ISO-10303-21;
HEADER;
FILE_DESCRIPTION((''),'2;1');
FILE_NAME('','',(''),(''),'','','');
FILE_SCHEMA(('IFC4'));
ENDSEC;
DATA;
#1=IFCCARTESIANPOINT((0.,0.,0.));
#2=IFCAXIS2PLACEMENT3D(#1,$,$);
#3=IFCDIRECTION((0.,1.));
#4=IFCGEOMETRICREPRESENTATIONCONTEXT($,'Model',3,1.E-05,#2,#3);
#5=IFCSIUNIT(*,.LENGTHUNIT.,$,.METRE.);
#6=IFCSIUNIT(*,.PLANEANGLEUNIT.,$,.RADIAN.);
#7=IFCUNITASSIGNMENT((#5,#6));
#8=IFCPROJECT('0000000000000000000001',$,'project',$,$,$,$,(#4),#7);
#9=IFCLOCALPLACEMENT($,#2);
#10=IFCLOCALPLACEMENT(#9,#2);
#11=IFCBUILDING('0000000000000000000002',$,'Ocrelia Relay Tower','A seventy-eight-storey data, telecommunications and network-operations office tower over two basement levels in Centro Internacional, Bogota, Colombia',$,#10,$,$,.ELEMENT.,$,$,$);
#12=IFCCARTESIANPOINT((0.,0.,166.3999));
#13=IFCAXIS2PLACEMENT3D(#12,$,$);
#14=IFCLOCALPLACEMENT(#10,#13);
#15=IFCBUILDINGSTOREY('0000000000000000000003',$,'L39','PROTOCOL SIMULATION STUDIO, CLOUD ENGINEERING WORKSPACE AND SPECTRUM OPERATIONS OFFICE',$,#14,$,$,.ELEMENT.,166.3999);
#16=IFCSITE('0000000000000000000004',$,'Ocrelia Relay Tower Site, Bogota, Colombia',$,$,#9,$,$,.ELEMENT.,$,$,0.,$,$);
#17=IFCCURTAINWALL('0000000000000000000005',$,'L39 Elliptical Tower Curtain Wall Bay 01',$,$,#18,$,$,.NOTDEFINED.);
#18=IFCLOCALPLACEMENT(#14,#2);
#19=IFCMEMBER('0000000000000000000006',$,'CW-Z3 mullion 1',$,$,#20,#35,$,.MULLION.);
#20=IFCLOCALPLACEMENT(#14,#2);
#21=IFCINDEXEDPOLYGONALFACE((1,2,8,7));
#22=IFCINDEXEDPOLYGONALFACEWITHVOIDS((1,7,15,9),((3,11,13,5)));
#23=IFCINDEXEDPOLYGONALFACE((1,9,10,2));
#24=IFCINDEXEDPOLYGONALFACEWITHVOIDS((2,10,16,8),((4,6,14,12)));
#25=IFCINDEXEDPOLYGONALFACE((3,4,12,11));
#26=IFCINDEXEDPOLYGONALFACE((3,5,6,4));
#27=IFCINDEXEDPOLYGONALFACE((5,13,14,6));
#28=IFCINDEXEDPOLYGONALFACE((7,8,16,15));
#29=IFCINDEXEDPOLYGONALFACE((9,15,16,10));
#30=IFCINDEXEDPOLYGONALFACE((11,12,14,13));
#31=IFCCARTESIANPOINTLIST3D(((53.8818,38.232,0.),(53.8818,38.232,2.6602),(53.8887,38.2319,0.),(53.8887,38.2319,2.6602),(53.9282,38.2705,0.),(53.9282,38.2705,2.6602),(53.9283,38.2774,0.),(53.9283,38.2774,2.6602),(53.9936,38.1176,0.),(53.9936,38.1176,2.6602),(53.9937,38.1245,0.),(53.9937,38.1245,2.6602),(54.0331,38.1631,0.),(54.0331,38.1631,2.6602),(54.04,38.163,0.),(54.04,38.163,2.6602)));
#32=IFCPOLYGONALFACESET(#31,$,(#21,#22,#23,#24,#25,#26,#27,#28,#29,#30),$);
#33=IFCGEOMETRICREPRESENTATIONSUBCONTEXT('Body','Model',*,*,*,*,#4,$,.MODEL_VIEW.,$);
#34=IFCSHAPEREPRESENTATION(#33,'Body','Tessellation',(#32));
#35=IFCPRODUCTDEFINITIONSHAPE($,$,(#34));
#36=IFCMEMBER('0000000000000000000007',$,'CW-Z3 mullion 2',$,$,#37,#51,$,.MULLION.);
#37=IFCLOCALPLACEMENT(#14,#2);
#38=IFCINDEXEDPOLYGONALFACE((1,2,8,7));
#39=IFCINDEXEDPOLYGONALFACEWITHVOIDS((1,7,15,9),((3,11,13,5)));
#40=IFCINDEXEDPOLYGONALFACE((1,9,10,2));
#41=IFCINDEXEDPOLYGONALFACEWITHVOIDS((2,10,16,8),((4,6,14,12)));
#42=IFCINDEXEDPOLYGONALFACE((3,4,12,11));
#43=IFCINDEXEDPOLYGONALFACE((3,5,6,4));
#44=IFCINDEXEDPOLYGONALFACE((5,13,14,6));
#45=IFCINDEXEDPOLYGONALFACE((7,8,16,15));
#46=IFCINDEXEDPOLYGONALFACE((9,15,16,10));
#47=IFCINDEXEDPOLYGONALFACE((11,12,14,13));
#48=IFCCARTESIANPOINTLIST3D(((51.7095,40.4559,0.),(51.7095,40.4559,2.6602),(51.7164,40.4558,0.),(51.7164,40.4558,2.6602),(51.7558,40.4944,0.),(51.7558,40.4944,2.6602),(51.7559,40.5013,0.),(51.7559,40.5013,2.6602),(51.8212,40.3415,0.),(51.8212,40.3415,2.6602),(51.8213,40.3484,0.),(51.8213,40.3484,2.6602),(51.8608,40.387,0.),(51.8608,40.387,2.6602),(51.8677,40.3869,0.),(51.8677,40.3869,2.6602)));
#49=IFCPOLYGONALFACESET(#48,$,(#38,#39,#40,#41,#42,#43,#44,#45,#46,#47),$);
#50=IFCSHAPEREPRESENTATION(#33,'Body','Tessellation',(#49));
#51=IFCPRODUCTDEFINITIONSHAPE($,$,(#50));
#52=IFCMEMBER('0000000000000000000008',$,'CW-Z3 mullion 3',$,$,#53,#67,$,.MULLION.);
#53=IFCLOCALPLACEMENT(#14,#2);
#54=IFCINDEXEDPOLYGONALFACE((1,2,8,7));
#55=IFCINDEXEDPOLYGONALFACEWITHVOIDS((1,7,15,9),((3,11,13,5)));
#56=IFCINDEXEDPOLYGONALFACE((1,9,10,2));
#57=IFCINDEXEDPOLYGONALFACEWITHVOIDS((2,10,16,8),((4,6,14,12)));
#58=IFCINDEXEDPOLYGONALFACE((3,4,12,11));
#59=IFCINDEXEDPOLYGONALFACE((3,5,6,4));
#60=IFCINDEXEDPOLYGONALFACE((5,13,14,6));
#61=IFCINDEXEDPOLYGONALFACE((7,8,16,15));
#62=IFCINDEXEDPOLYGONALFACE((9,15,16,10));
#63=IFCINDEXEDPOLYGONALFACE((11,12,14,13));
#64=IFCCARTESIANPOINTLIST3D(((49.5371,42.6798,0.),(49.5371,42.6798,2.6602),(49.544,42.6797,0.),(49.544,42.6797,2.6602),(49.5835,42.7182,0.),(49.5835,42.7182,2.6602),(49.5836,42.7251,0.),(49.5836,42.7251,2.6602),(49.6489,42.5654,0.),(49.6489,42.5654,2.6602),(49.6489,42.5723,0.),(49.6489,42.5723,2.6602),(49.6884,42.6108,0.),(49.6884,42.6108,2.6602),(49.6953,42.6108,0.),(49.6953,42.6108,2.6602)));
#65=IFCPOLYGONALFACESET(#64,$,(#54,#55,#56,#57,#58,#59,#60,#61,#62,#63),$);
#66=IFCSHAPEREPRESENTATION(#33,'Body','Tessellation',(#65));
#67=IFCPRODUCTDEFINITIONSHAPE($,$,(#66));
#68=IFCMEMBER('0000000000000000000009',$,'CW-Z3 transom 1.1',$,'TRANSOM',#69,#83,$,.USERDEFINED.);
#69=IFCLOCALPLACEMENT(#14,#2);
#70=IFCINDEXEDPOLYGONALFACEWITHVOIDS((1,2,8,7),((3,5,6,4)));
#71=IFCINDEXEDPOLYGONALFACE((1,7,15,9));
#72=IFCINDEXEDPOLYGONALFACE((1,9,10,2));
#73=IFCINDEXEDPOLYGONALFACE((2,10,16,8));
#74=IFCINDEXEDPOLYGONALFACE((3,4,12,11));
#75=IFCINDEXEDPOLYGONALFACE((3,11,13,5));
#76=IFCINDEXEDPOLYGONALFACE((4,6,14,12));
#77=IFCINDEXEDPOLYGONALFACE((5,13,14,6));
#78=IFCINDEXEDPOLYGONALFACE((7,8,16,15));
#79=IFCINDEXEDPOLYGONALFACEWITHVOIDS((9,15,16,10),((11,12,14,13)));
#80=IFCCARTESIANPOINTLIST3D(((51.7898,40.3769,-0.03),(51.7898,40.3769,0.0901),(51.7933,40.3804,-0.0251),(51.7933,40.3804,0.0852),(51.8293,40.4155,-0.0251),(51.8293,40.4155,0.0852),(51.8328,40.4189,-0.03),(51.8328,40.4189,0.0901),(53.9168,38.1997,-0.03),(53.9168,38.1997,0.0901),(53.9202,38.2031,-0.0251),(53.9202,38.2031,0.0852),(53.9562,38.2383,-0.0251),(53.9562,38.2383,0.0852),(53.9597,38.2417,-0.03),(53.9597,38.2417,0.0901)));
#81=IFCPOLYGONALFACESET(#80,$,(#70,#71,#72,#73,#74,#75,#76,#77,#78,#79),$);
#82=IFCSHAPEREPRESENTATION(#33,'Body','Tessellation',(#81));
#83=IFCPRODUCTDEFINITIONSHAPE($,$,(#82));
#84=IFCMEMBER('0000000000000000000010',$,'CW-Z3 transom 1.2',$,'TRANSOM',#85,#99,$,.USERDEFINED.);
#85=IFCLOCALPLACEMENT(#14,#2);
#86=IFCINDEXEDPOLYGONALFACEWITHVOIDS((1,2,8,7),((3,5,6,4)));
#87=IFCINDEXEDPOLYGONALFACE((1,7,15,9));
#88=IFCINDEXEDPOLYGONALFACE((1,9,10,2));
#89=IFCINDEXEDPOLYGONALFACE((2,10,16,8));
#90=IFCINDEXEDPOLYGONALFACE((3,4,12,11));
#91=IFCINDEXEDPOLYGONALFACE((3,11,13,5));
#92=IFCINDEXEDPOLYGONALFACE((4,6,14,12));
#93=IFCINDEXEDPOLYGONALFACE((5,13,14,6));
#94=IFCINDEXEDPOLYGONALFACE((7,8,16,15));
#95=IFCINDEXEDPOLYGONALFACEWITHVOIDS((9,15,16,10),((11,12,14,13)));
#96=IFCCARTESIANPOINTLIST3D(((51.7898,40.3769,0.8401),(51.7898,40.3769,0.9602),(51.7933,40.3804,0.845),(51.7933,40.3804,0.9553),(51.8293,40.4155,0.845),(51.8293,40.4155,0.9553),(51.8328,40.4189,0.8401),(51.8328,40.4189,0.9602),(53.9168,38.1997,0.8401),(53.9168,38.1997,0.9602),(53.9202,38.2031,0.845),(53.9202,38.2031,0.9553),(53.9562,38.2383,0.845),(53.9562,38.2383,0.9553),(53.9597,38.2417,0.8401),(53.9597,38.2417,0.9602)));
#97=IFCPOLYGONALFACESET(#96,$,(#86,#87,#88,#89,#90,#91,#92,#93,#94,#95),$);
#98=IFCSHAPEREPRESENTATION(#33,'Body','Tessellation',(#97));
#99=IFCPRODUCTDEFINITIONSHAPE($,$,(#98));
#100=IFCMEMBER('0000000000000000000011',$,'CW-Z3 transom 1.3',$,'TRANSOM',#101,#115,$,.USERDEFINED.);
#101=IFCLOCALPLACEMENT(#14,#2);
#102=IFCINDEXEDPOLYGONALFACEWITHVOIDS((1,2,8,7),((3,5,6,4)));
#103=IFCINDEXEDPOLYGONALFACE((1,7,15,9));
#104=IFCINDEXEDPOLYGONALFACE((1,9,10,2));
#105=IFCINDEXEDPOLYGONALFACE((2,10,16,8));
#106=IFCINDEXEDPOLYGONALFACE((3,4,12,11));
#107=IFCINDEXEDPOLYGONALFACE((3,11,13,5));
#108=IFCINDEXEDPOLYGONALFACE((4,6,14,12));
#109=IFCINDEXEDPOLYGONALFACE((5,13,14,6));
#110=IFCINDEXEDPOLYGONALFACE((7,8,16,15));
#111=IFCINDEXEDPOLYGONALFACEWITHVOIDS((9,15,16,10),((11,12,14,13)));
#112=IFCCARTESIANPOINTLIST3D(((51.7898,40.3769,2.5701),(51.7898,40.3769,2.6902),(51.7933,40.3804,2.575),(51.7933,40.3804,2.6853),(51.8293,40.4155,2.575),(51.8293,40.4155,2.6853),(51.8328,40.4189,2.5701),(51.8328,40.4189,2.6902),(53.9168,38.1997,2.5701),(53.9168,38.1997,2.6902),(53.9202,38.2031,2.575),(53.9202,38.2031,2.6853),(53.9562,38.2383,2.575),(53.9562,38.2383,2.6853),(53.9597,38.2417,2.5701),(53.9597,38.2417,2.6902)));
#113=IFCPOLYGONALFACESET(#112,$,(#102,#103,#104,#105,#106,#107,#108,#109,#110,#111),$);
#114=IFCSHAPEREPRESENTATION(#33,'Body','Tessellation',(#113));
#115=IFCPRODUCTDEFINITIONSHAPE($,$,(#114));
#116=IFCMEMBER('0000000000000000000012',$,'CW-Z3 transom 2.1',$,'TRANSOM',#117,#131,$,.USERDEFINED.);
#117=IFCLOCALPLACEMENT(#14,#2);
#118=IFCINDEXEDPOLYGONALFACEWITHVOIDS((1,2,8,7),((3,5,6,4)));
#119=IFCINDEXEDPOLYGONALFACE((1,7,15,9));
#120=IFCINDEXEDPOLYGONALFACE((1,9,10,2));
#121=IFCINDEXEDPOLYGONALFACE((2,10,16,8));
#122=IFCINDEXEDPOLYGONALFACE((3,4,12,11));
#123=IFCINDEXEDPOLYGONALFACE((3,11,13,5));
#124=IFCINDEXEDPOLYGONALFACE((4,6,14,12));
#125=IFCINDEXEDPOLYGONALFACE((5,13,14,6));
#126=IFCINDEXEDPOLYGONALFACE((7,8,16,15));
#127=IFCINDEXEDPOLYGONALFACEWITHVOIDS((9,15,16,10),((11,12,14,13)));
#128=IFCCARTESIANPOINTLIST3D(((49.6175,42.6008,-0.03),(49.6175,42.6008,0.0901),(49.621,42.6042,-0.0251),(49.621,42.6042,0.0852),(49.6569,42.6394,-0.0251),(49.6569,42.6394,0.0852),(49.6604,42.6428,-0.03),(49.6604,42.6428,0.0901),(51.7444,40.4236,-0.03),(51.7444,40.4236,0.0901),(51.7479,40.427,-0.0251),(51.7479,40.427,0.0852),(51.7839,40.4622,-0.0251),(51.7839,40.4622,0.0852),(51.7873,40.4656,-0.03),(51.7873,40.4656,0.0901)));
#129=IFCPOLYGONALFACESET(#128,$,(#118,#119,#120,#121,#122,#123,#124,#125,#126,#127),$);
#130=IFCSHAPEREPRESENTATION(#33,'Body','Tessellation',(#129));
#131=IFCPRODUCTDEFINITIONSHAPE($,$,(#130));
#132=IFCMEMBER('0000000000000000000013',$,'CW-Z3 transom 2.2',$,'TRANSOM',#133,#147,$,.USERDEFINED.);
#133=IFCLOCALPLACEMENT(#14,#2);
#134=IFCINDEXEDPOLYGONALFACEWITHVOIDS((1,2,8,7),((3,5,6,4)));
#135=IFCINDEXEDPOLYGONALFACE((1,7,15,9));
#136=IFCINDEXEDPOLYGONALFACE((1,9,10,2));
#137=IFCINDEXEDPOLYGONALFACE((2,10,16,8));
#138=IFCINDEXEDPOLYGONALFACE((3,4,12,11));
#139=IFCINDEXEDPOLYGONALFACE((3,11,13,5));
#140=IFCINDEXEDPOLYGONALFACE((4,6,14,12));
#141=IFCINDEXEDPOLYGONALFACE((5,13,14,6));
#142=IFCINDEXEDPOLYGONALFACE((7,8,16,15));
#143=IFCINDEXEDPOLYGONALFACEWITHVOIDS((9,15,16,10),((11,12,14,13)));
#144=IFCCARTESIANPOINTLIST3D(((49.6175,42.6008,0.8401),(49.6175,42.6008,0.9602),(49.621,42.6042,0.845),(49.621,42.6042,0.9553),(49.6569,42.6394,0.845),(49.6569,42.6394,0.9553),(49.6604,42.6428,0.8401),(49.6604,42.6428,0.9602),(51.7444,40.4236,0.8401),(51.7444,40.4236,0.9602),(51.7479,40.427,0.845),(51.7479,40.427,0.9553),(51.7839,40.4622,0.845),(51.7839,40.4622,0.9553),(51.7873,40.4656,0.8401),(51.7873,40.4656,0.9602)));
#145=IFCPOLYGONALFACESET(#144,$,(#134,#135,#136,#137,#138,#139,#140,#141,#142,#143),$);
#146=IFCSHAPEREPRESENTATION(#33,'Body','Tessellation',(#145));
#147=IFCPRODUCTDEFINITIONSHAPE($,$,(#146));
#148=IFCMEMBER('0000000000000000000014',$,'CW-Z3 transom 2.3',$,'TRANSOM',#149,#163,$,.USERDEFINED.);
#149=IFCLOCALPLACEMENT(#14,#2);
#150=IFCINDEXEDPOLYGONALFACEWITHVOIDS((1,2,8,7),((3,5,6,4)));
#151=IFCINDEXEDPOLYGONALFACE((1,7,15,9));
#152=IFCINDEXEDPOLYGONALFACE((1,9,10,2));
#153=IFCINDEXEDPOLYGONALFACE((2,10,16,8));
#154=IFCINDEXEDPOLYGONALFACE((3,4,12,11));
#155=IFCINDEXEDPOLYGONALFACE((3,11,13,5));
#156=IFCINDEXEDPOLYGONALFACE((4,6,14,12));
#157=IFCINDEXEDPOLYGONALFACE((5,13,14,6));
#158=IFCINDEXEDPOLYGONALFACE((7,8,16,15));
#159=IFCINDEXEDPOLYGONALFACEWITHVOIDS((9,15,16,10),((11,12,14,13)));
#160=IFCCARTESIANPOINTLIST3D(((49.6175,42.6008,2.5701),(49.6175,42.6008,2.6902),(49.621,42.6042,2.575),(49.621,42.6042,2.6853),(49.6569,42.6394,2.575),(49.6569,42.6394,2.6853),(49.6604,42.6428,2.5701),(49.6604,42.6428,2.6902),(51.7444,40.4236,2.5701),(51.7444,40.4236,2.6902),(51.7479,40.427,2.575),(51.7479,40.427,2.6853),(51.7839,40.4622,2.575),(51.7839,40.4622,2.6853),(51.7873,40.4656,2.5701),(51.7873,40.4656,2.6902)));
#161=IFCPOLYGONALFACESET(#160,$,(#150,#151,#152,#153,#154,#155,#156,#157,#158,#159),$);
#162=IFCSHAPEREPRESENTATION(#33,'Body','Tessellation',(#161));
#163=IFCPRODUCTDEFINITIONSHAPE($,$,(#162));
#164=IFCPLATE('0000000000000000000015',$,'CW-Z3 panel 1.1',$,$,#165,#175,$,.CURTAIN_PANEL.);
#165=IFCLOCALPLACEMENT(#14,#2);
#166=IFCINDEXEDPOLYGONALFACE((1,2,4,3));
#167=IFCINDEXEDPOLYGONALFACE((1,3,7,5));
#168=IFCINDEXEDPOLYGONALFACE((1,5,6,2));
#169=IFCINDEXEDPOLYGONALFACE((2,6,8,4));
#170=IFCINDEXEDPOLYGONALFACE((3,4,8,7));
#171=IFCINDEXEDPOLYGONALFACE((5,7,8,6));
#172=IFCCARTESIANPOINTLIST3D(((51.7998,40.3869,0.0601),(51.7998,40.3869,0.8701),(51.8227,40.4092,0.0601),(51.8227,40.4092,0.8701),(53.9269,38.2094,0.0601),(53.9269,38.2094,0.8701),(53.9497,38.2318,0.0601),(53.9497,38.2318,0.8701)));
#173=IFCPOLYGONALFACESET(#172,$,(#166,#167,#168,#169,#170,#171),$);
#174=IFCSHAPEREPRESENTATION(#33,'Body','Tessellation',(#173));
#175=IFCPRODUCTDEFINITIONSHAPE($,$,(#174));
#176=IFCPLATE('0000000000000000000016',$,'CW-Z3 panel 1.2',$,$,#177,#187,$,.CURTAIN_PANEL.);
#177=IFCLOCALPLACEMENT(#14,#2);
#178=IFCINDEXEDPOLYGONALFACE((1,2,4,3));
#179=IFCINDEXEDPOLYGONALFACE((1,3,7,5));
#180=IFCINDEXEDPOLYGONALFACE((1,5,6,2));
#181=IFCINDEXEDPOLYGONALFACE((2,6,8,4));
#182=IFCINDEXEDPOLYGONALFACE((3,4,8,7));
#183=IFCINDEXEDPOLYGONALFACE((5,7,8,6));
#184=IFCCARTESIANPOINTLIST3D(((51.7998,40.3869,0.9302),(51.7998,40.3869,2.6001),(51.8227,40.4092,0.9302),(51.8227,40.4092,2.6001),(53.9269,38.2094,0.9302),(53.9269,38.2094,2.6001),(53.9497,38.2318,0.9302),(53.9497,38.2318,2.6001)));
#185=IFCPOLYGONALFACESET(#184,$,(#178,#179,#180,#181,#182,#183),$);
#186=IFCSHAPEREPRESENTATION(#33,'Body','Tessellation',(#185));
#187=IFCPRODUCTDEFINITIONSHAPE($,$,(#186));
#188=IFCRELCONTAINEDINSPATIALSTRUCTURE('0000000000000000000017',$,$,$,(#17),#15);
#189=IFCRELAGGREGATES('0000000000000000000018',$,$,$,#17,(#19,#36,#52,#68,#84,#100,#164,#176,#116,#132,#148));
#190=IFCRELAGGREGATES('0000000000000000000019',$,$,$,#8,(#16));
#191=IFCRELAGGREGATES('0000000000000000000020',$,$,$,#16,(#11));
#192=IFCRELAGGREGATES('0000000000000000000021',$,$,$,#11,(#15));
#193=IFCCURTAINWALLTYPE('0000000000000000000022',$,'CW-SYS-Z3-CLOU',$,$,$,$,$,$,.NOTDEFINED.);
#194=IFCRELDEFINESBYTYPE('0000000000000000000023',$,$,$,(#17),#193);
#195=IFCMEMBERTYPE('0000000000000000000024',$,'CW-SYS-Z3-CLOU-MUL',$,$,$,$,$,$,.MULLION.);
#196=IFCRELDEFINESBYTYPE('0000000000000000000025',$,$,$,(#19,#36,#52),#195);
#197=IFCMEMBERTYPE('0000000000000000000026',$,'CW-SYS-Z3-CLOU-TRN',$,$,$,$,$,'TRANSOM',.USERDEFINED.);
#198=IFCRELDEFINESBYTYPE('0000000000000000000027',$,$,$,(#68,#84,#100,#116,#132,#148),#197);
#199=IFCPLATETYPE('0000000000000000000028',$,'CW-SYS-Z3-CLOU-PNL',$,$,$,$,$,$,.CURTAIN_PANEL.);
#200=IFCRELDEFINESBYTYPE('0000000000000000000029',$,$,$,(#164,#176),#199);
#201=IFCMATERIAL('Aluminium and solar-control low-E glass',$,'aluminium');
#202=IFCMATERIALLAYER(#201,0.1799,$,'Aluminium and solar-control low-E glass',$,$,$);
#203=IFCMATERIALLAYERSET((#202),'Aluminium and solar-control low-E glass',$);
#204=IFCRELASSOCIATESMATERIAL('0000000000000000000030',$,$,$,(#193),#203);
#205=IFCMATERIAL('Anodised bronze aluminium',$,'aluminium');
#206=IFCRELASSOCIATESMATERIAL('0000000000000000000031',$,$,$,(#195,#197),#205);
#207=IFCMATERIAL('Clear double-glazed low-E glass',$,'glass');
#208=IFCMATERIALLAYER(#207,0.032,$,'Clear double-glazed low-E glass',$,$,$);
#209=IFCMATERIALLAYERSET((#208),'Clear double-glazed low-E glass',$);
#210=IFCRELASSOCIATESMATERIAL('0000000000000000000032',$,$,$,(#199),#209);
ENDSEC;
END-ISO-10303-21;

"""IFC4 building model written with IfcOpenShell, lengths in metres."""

from ifc_helpers import new_model, si_unit, direction, frame, origin, origin_2d, place, context, subcontext, project, spatial, rectangle, hollow_rectangle, extrude, material, layer, layer_set, material_profile, profile_set, type_object, element, aggregate, save


model = new_model("IFC4")

# Units and contexts
model_context = context("Model", 3, precision=1e-05, world=origin(), true_north=direction((0.0, 1.0)))
body_context = subcontext(model_context, "Body", "Model", "MODEL_VIEW")
ifc_project = project(units=[si_unit("LENGTHUNIT", "METRE"), si_unit("PLANEANGLEUNIT", "RADIAN")], contexts=[model_context])

# Site, building, storey
site_placement = place(None, origin())
site = spatial("IfcSite", under=ifc_project, at=site_placement, Name="Ocrelia Relay Tower Site, Bogota, Colombia", CompositionType="ELEMENT", RefElevation=0.0)
building_placement = place(site_placement, origin())
building = spatial("IfcBuilding", under=site, at=building_placement, Name="Ocrelia Relay Tower", Description="A seventy-eight-storey data, telecommunications and network-operations office tower over two basement levels in Centro Internacional, Bogota, Colombia", CompositionType="ELEMENT")
storey_placement = place(building_placement, frame((0.0, 0.0, 166.3999)))
storey = spatial("IfcBuildingStorey", under=building, at=storey_placement, Name="L39", Description="PROTOCOL SIMULATION STUDIO, CLOUD ENGINEERING WORKSPACE AND SPECTRUM OPERATIONS OFFICE", CompositionType="ELEMENT", Elevation=166.3999)

# Curtain wall, members, plates
ifc_material_1 = material(Name="Aluminium and solar-control low-E glass", Category="aluminium")
ifc_layer_1 = layer(ifc_material_1, 0.1799, Name="Aluminium and solar-control low-E glass")
ifc_layer_set_1 = layer_set([ifc_layer_1], Name="Aluminium and solar-control low-E glass")
curtain_wall_type = type_object("IfcCurtainWallType", Name="CW-SYS-Z3-CLOU", PredefinedType="NOTDEFINED", material=ifc_layer_set_1)
curtain_wall_placement = place(storey_placement, origin())
curtain_wall = element("IfcCurtainWall", 1, at=curtain_wall_placement, inside=storey, type_object=curtain_wall_type, Name="L39 Elliptical Tower Curtain Wall Bay 01", PredefinedType="NOTDEFINED")
ifc_material_2 = material(Name="Anodised bronze aluminium", Category="aluminium")
ifc_material_profile_1 = material_profile(ifc_material_2, hollow_rectangle(XDim=0.0649, YDim=0.1599, WallThickness=0.0049, at=origin_2d()), Name="CW-MUL-160x65")
ifc_profile_set_1 = profile_set([ifc_material_profile_1], Name="Anodised bronze aluminium")
member_type_1 = type_object("IfcMemberType", Name="CW-SYS-Z3-CLOU-MUL", PredefinedType="MULLION", material=ifc_profile_set_1)
member_1_placement = place(storey_placement, frame((53.9609, 38.1975, 0.0), z_axis=(0.0, 0.0, 1.0), x_axis=(-0.715327, -0.69879, 0.0)))
member_1 = element("IfcMember", 2, at=member_1_placement, type_object=member_type_1, Name="CW-Z3 mullion 1", PredefinedType="MULLION", context=body_context, shape_type="SweptSolid", body=[
    extrude(hollow_rectangle(XDim=0.0649, YDim=0.1599, WallThickness=0.0049, at=origin_2d()), origin(), (0.0, 0.0, 1.0), 2.6602),
])
member_2_placement = place(storey_placement, frame((51.7886, 40.4214, 0.0), z_axis=(0.0, 0.0, 1.0), x_axis=(-0.715327, -0.69879, 0.0)))
member_2 = element("IfcMember", 3, at=member_2_placement, type_object=member_type_1, Name="CW-Z3 mullion 2", PredefinedType="MULLION", context=body_context, shape_type="SweptSolid", body=[
    extrude(hollow_rectangle(XDim=0.0649, YDim=0.1599, WallThickness=0.0049, at=origin_2d()), origin(), (0.0, 0.0, 1.0), 2.6602),
])
member_3_placement = place(storey_placement, frame((49.6162, 42.6453, 0.0), z_axis=(0.0, 0.0, 1.0), x_axis=(-0.715327, -0.69879, 0.0)))
member_3 = element("IfcMember", 4, at=member_3_placement, type_object=member_type_1, Name="CW-Z3 mullion 3", PredefinedType="MULLION", context=body_context, shape_type="SweptSolid", body=[
    extrude(hollow_rectangle(XDim=0.0649, YDim=0.1599, WallThickness=0.0049, at=origin_2d()), origin(), (0.0, 0.0, 1.0), 2.6602),
])
ifc_material_profile_2 = material_profile(ifc_material_2, hollow_rectangle(XDim=0.0601, YDim=0.1201, WallThickness=0.0049, at=origin_2d()), Name="CW-TRN-120x60")
ifc_profile_set_2 = profile_set([ifc_material_profile_2], Name="Anodised bronze aluminium")
member_type_2 = type_object("IfcMemberType", Name="CW-SYS-Z3-CLOU-TRN", ElementType="TRANSOM", PredefinedType="USERDEFINED", material=ifc_profile_set_2)
member_4_placement = place(storey_placement, frame((53.9382, 38.2207, 0.03), z_axis=(-0.698797, 0.71532, 0.0), x_axis=(-0.71532, -0.698797, 0.0)))
member_4 = element("IfcMember", 5, at=member_4_placement, type_object=member_type_2, Name="CW-Z3 transom 1.1", ObjectType="TRANSOM", PredefinedType="USERDEFINED", context=body_context, shape_type="SweptSolid", body=[
    extrude(hollow_rectangle(XDim=0.0601, YDim=0.1201, WallThickness=0.0049, at=origin_2d()), origin(), (0.0, 0.0, 1.0), 3.0437),
])
member_5_placement = place(storey_placement, frame((53.9382, 38.2207, 0.9001), z_axis=(-0.698797, 0.71532, 0.0), x_axis=(-0.71532, -0.698797, 0.0)))
member_5 = element("IfcMember", 6, at=member_5_placement, type_object=member_type_2, Name="CW-Z3 transom 1.2", ObjectType="TRANSOM", PredefinedType="USERDEFINED", context=body_context, shape_type="SweptSolid", body=[
    extrude(hollow_rectangle(XDim=0.0601, YDim=0.1201, WallThickness=0.0049, at=origin_2d()), origin(), (0.0, 0.0, 1.0), 3.0437),
])
member_6_placement = place(storey_placement, frame((53.9382, 38.2207, 2.6301), z_axis=(-0.698797, 0.71532, 0.0), x_axis=(-0.71532, -0.698797, 0.0)))
member_6 = element("IfcMember", 7, at=member_6_placement, type_object=member_type_2, Name="CW-Z3 transom 1.3", ObjectType="TRANSOM", PredefinedType="USERDEFINED", context=body_context, shape_type="SweptSolid", body=[
    extrude(hollow_rectangle(XDim=0.0601, YDim=0.1201, WallThickness=0.0049, at=origin_2d()), origin(), (0.0, 0.0, 1.0), 3.0437),
])
member_7_placement = place(storey_placement, frame((51.7659, 40.4446, 0.03), z_axis=(-0.698797, 0.71532, 0.0), x_axis=(-0.71532, -0.698797, 0.0)))
member_7 = element("IfcMember", 8, at=member_7_placement, type_object=member_type_2, Name="CW-Z3 transom 2.1", ObjectType="TRANSOM", PredefinedType="USERDEFINED", context=body_context, shape_type="SweptSolid", body=[
    extrude(hollow_rectangle(XDim=0.0601, YDim=0.1201, WallThickness=0.0049, at=origin_2d()), origin(), (0.0, 0.0, 1.0), 3.0437),
])
member_8_placement = place(storey_placement, frame((51.7659, 40.4446, 0.9001), z_axis=(-0.698797, 0.71532, 0.0), x_axis=(-0.71532, -0.698797, 0.0)))
member_8 = element("IfcMember", 9, at=member_8_placement, type_object=member_type_2, Name="CW-Z3 transom 2.2", ObjectType="TRANSOM", PredefinedType="USERDEFINED", context=body_context, shape_type="SweptSolid", body=[
    extrude(hollow_rectangle(XDim=0.0601, YDim=0.1201, WallThickness=0.0049, at=origin_2d()), origin(), (0.0, 0.0, 1.0), 3.0437),
])
member_9_placement = place(storey_placement, frame((51.7659, 40.4446, 2.6301), z_axis=(-0.698797, 0.71532, 0.0), x_axis=(-0.71532, -0.698797, 0.0)))
member_9 = element("IfcMember", 10, at=member_9_placement, type_object=member_type_2, Name="CW-Z3 transom 2.3", ObjectType="TRANSOM", PredefinedType="USERDEFINED", context=body_context, shape_type="SweptSolid", body=[
    extrude(hollow_rectangle(XDim=0.0601, YDim=0.1201, WallThickness=0.0049, at=origin_2d()), origin(), (0.0, 0.0, 1.0), 3.0437),
])
ifc_material_3 = material(Name="Clear double-glazed low-E glass", Category="glass")
ifc_layer_2 = layer(ifc_material_3, 0.032, Name="Clear double-glazed low-E glass")
ifc_layer_set_2 = layer_set([ifc_layer_2], Name="Clear double-glazed low-E glass")
plate_type = type_object("IfcPlateType", Name="CW-SYS-Z3-CLOU-PNL", PredefinedType="CURTAIN_PANEL", material=ifc_layer_set_2)
plate_1_placement = place(storey_placement, frame((52.8748, 39.3093, 0.0601), z_axis=(0.0, 0.0, 1.0), x_axis=(-0.69879, 0.715327, 0.0)))
plate_1 = element("IfcPlate", 11, at=plate_1_placement, type_object=plate_type, Name="CW-Z3 panel 1.1", PredefinedType="CURTAIN_PANEL", context=body_context, shape_type="SweptSolid", body=[
    extrude(rectangle(XDim=3.0439, YDim=0.032, at=origin_2d()), origin(), (0.0, 0.0, 1.0), 0.8101),
])
plate_2_placement = place(storey_placement, frame((52.8748, 39.3093, 0.9302), z_axis=(0.0, 0.0, 1.0), x_axis=(-0.69879, 0.715327, 0.0)))
plate_2 = element("IfcPlate", 12, at=plate_2_placement, type_object=plate_type, Name="CW-Z3 panel 1.2", PredefinedType="CURTAIN_PANEL", context=body_context, shape_type="SweptSolid", body=[
    extrude(rectangle(XDim=3.0439, YDim=0.032, at=origin_2d()), origin(), (0.0, 0.0, 1.0), 1.6699),
])
aggregate(curtain_wall, [member_1, member_2, member_3, member_4, member_5, member_6, plate_1, plate_2, member_7, member_8, member_9])

save(model, "model.ifc")
